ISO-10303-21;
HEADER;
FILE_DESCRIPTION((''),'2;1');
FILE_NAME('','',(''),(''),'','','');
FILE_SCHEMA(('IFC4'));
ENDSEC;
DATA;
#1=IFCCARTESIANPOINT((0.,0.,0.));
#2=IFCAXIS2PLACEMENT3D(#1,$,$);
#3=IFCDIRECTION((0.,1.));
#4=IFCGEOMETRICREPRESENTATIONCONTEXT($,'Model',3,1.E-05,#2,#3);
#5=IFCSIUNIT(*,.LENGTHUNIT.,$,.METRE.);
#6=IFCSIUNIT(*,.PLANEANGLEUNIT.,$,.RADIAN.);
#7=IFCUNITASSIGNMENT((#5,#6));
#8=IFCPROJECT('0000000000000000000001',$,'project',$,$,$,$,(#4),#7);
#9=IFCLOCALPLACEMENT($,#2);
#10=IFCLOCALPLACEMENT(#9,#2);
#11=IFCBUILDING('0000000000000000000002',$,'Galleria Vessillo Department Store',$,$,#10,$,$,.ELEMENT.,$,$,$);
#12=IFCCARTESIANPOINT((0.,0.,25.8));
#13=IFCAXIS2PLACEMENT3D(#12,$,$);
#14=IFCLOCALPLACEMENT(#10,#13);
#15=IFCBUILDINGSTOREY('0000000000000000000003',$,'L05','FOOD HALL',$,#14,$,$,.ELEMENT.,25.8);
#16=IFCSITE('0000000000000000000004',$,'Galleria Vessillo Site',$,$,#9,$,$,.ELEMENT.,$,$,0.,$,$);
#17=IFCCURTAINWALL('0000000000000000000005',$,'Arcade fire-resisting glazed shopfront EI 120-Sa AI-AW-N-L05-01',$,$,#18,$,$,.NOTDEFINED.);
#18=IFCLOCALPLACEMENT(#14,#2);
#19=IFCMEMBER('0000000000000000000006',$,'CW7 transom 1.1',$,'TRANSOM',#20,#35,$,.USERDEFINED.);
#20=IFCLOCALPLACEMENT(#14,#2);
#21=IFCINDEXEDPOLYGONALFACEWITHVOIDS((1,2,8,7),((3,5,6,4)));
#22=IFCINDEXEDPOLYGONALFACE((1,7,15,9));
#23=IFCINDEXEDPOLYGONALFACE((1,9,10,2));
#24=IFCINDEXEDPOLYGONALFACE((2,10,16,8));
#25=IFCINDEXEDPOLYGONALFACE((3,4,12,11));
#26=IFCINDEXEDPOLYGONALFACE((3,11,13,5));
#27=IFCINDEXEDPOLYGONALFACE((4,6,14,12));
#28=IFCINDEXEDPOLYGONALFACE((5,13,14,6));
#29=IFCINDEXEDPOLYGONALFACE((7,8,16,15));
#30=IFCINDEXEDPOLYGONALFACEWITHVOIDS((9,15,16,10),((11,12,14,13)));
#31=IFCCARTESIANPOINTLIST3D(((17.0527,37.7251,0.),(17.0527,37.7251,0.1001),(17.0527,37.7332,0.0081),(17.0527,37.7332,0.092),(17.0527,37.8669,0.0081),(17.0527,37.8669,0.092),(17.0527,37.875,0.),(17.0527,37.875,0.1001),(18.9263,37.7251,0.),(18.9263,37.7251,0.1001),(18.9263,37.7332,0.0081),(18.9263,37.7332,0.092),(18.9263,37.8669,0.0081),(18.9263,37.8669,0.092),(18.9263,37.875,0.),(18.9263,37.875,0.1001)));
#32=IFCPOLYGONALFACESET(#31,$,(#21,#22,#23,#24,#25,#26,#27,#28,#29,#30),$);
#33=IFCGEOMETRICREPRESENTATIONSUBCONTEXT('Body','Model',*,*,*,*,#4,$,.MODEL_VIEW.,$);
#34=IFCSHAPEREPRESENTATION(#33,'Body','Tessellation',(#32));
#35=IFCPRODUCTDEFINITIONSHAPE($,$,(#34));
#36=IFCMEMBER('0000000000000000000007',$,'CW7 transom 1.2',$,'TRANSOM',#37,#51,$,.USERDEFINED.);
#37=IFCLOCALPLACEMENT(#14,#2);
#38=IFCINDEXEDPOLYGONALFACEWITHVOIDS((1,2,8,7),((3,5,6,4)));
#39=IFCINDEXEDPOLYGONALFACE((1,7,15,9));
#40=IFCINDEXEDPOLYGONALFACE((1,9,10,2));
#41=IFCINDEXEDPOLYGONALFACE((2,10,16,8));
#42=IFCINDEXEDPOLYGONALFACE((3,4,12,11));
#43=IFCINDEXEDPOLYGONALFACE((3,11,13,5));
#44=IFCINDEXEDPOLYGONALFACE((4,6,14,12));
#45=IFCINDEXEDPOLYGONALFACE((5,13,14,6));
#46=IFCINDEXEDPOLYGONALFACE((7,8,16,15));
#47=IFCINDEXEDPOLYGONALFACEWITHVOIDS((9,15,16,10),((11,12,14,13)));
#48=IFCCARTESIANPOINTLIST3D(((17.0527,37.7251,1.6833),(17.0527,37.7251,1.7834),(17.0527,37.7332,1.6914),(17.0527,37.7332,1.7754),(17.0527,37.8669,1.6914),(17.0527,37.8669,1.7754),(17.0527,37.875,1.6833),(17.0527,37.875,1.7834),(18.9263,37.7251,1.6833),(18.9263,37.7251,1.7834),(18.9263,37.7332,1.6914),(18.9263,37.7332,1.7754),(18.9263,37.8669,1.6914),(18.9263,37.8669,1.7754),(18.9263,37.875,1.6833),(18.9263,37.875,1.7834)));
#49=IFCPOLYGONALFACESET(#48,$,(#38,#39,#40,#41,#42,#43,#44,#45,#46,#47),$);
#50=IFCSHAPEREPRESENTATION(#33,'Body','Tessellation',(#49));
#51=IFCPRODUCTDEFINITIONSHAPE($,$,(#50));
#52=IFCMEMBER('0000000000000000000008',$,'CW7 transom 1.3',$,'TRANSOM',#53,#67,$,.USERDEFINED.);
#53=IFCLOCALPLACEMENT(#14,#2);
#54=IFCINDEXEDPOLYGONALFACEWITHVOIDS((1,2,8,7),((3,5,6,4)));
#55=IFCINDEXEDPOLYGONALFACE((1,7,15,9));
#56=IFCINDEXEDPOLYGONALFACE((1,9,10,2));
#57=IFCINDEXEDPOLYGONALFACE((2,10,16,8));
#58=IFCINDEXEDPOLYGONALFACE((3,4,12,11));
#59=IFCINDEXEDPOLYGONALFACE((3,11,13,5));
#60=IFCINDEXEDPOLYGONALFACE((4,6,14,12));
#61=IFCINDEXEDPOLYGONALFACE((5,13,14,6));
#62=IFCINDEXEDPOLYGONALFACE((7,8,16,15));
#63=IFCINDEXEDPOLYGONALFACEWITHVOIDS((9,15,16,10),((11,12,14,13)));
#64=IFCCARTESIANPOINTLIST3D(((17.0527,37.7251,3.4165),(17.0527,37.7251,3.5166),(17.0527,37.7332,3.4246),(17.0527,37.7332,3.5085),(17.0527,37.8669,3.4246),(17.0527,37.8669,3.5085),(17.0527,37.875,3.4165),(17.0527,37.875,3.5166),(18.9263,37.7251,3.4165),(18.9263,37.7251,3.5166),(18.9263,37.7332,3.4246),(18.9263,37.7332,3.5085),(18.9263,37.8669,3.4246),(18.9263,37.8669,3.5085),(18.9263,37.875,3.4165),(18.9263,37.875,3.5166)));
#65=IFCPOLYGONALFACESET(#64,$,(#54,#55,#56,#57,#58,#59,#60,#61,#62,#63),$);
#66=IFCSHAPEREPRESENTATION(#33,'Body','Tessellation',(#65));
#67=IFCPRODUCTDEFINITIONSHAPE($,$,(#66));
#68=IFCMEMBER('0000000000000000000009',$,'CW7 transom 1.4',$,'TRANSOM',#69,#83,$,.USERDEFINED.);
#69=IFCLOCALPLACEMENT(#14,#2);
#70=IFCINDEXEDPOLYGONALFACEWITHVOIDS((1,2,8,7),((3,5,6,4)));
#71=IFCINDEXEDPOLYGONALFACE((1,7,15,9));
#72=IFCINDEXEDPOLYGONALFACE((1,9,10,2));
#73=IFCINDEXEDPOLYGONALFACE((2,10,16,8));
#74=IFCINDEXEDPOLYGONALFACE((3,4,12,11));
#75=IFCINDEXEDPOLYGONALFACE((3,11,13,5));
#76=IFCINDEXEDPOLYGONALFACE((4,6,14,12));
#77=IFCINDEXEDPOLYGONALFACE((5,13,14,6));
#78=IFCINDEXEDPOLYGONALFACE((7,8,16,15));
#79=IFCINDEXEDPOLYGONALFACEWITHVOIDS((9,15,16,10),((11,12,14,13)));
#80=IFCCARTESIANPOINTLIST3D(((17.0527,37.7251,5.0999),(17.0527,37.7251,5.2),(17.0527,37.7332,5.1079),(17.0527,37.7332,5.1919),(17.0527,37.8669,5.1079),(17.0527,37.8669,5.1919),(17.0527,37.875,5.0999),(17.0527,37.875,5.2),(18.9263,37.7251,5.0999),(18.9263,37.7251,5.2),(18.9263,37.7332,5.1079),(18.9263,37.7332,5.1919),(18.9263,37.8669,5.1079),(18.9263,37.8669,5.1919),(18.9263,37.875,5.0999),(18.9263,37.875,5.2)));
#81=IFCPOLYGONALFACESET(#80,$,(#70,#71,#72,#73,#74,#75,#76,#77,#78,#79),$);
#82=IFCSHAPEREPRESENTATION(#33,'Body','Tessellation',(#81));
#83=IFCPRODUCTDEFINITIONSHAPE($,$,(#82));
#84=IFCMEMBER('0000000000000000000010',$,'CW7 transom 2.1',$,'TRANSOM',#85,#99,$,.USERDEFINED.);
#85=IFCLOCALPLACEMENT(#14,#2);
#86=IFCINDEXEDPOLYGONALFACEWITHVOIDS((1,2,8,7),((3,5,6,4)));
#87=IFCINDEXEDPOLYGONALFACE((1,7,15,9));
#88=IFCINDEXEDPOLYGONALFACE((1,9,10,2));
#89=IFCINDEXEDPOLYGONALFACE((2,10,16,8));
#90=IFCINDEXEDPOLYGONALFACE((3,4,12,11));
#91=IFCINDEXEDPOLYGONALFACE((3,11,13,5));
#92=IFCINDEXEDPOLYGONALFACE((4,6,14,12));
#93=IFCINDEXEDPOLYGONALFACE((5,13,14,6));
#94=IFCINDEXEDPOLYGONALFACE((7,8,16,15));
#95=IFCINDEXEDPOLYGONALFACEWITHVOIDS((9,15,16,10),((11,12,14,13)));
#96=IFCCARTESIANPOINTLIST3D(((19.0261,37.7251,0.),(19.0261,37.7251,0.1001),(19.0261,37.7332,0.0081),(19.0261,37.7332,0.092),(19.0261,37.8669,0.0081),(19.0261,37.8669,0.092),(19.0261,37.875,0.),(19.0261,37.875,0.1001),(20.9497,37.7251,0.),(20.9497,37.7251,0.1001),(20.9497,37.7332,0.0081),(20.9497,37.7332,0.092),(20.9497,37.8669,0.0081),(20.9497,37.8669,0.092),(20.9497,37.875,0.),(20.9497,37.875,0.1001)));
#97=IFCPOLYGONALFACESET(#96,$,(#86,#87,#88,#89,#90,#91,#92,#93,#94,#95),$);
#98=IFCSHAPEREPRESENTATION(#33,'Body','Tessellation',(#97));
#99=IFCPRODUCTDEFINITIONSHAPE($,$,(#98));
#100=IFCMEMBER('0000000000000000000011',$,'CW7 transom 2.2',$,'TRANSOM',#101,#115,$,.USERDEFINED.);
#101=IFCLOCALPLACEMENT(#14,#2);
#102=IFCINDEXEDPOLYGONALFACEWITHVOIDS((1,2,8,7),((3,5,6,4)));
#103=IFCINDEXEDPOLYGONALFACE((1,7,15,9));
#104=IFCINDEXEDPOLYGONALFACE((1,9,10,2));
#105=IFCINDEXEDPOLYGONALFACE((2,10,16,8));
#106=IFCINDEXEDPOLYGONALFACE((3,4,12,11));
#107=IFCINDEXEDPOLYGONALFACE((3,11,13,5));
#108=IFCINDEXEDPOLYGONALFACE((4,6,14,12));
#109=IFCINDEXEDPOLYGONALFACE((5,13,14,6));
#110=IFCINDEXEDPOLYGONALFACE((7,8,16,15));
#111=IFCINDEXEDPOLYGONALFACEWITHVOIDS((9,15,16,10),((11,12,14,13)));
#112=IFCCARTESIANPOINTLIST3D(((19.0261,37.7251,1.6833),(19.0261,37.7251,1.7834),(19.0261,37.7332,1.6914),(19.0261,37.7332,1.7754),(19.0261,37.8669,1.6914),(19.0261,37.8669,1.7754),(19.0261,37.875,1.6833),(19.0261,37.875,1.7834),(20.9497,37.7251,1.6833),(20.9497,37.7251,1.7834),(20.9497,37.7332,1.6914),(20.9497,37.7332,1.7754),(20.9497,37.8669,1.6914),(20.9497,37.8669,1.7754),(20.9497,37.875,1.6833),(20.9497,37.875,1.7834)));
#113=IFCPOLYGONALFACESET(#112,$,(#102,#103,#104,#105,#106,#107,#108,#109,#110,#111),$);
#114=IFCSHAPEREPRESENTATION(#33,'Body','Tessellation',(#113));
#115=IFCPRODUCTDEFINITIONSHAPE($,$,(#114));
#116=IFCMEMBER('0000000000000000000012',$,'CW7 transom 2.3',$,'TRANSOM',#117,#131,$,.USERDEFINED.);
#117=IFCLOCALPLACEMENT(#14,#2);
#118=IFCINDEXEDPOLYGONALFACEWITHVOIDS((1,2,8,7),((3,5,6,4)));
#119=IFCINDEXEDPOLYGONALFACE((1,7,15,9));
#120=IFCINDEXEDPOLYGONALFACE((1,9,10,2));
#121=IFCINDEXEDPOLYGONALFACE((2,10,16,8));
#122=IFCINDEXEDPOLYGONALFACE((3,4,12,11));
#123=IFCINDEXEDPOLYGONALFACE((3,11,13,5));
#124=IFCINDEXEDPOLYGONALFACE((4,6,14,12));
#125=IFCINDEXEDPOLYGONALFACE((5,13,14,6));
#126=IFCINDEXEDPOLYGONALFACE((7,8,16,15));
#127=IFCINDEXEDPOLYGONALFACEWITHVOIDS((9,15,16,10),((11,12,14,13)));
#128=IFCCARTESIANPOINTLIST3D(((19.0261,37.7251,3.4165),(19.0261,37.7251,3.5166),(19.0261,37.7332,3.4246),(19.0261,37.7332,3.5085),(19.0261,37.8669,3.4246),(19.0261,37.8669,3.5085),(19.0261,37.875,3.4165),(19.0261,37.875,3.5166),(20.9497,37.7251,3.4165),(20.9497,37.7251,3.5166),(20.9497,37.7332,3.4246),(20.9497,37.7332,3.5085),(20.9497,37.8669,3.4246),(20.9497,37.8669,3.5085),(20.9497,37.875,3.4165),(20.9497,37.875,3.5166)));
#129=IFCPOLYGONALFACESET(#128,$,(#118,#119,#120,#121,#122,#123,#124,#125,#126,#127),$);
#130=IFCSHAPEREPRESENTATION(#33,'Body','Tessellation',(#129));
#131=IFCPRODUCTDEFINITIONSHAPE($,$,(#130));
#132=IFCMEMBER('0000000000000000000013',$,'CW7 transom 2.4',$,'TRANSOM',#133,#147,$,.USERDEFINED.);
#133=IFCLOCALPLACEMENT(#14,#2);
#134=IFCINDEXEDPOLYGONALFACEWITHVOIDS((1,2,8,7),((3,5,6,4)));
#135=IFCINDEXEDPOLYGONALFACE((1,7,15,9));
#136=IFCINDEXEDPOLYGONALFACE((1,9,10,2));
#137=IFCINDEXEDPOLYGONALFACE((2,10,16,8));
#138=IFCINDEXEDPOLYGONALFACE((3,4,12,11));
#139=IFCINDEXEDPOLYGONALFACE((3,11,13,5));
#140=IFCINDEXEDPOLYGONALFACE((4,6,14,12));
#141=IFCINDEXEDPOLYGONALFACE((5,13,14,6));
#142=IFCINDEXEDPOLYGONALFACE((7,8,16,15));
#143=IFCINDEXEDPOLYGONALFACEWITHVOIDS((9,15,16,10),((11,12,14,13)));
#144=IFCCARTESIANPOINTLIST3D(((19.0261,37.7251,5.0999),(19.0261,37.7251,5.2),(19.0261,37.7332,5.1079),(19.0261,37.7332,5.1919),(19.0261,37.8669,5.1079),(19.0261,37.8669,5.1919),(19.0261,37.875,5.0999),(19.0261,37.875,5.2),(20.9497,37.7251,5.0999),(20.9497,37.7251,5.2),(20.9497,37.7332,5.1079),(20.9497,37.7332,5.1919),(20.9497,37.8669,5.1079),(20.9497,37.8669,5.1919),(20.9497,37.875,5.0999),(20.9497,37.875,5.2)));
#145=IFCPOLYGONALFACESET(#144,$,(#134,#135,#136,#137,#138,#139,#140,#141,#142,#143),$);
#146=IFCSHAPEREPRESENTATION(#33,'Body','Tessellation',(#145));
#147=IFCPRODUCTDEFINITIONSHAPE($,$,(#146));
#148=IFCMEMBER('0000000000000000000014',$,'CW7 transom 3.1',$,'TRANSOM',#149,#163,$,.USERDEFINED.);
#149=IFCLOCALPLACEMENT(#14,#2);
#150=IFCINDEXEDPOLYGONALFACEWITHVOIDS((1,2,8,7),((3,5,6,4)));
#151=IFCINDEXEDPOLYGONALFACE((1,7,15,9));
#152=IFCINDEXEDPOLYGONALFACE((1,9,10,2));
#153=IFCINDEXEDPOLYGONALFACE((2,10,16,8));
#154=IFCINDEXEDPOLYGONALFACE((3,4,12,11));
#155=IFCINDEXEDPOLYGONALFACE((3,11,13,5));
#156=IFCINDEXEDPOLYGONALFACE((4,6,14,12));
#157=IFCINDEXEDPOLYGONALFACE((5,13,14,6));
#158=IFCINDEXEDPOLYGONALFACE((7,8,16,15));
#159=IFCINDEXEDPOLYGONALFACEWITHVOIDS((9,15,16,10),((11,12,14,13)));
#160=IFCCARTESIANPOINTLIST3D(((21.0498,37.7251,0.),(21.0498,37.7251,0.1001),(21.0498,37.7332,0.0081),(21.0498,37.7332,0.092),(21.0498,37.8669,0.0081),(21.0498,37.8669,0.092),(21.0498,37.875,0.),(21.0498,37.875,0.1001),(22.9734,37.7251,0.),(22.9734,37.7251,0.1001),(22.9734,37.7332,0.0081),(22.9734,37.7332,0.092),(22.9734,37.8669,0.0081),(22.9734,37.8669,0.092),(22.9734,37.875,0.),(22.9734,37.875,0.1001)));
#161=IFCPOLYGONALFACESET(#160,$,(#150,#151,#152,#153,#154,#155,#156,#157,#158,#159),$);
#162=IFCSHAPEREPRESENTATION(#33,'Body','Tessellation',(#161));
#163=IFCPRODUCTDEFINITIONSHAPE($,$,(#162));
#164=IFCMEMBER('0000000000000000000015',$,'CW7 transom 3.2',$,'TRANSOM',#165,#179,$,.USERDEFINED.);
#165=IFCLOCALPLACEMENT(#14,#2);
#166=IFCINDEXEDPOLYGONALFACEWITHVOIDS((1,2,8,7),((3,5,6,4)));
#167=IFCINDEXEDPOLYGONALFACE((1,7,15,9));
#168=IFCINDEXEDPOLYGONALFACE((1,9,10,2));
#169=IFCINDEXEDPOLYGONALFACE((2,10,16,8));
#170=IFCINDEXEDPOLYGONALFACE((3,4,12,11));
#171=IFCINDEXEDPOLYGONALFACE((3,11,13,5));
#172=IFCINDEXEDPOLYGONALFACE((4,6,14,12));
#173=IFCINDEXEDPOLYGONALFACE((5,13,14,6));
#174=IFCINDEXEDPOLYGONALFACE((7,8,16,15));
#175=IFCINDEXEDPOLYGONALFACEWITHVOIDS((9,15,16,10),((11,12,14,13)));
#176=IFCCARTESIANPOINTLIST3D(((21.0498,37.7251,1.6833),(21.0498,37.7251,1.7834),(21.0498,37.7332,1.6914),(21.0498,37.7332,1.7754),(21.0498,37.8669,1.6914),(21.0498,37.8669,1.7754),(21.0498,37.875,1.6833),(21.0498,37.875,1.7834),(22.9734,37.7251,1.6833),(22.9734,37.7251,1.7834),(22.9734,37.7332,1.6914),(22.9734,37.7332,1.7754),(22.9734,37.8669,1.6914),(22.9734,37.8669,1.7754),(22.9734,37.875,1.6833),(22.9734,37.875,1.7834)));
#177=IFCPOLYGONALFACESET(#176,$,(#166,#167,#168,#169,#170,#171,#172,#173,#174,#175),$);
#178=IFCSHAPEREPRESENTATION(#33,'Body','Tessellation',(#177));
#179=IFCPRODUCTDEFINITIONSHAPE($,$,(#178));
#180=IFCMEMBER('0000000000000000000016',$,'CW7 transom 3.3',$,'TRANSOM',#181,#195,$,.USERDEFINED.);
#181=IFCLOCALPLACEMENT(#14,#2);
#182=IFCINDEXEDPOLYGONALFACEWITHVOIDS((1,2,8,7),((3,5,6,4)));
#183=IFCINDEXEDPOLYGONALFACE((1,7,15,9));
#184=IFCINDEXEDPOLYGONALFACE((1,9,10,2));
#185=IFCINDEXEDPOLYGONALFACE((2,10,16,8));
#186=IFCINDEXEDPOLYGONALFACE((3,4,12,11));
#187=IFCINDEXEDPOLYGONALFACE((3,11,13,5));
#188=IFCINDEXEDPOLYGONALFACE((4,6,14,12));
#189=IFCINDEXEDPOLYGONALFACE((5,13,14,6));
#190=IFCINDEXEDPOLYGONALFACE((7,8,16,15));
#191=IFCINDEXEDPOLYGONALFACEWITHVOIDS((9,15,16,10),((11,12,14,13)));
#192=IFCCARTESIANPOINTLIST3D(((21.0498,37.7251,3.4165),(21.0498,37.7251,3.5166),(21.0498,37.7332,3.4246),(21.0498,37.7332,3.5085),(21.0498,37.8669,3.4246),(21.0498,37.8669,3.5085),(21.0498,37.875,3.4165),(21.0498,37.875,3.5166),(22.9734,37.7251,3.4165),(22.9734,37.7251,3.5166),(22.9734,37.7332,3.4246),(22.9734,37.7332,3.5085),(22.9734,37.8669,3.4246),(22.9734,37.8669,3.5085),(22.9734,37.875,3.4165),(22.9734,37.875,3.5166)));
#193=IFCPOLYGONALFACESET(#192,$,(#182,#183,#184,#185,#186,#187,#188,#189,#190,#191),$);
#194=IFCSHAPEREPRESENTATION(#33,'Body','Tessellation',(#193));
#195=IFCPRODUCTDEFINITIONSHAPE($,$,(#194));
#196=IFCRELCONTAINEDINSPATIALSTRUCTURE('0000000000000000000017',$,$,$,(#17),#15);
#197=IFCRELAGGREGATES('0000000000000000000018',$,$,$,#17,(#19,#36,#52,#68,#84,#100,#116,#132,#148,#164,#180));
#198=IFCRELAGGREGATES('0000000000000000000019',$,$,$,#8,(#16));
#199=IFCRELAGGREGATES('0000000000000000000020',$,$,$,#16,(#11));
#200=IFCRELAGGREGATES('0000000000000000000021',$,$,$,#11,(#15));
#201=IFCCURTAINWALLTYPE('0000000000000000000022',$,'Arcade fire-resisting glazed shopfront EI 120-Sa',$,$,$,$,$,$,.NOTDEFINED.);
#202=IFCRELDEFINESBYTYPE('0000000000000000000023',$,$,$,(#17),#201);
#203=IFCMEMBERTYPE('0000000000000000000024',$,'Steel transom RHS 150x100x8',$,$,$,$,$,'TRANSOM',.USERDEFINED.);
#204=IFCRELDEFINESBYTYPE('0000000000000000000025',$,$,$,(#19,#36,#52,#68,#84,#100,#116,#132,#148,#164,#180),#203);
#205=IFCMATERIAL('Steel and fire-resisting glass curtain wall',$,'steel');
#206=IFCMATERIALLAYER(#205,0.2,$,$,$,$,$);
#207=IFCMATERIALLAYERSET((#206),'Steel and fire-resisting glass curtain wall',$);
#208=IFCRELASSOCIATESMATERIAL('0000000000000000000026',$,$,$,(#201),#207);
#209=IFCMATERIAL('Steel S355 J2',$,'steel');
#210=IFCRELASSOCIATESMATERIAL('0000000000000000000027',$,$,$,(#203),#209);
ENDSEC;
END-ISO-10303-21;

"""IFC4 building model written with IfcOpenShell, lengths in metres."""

from ifc_helpers import new_model, si_unit, direction, frame, origin, origin_2d, place, context, subcontext, project, spatial, hollow_rectangle, extrude, material, layer, layer_set, material_profile, profile_set, type_object, element, aggregate, save


model = new_model("IFC4")

# Units and contexts
model_context = context("Model", 3, precision=1e-05, world=origin(), true_north=direction((0.0, 1.0)))
body_context = subcontext(model_context, "Body", "Model", "MODEL_VIEW")
ifc_project = project(units=[si_unit("LENGTHUNIT", "METRE"), si_unit("PLANEANGLEUNIT", "RADIAN")], contexts=[model_context])

# Site, building, storey
site_placement = place(None, origin())
site = spatial("IfcSite", under=ifc_project, at=site_placement, Name="Galleria Vessillo Site", CompositionType="ELEMENT", RefElevation=0.0)
building_placement = place(site_placement, origin())
building = spatial("IfcBuilding", under=site, at=building_placement, Name="Galleria Vessillo Department Store", CompositionType="ELEMENT")
storey_placement = place(building_placement, frame((0.0, 0.0, 25.8)))
storey = spatial("IfcBuildingStorey", under=building, at=storey_placement, Name="L05", Description="FOOD HALL", CompositionType="ELEMENT", Elevation=25.8)

# Curtain wall, members
ifc_material_1 = material(Name="Steel and fire-resisting glass curtain wall", Category="steel")
ifc_layer_1 = layer(ifc_material_1, 0.2)
ifc_layer_set_1 = layer_set([ifc_layer_1], Name="Steel and fire-resisting glass curtain wall")
curtain_wall_type = type_object("IfcCurtainWallType", Name="Arcade fire-resisting glazed shopfront EI 120-Sa", PredefinedType="NOTDEFINED", material=ifc_layer_set_1)
curtain_wall_placement = place(storey_placement, origin())
curtain_wall = element("IfcCurtainWall", 1, at=curtain_wall_placement, inside=storey, type_object=curtain_wall_type, Name="Arcade fire-resisting glazed shopfront EI 120-Sa AI-AW-N-L05-01", PredefinedType="NOTDEFINED")
ifc_material_2 = material(Name="Steel S355 J2", Category="steel")
ifc_material_profile_1 = material_profile(ifc_material_2, hollow_rectangle(XDim=0.1499, YDim=0.1001, WallThickness=0.0081, at=origin_2d()), Name="RHS 150x100x8")
ifc_profile_set_1 = profile_set([ifc_material_profile_1], Name="Steel S355 J2")
member_type_1 = type_object("IfcMemberType", Name="Steel transom RHS 150x100x8", ElementType="TRANSOM", PredefinedType="USERDEFINED", material=ifc_profile_set_1)
member_1_placement = place(storey_placement, frame((17.0527, 37.8, 0.05), z_axis=(1.0, 0.0, 0.0), x_axis=(0.0, 1.0, 0.0)))
member_1 = element("IfcMember", 2, at=member_1_placement, type_object=member_type_1, Name="CW7 transom 1.1", ObjectType="TRANSOM", PredefinedType="USERDEFINED", context=body_context, shape_type="SweptSolid", body=[
    extrude(hollow_rectangle(XDim=0.1499, YDim=0.1001, WallThickness=0.0081, at=origin_2d()), origin(), (0.0, 0.0, 1.0), 1.8735),
])
member_2_placement = place(storey_placement, frame((17.0527, 37.8, 1.7334), z_axis=(1.0, 0.0, 0.0), x_axis=(0.0, 1.0, 0.0)))
member_2 = element("IfcMember", 3, at=member_2_placement, type_object=member_type_1, Name="CW7 transom 1.2", ObjectType="TRANSOM", PredefinedType="USERDEFINED", context=body_context, shape_type="SweptSolid", body=[
    extrude(hollow_rectangle(XDim=0.1499, YDim=0.1001, WallThickness=0.0081, at=origin_2d()), origin(), (0.0, 0.0, 1.0), 1.8735),
])
member_3_placement = place(storey_placement, frame((17.0527, 37.8, 3.4666), z_axis=(1.0, 0.0, 0.0), x_axis=(0.0, 1.0, 0.0)))
member_3 = element("IfcMember", 4, at=member_3_placement, type_object=member_type_1, Name="CW7 transom 1.3", ObjectType="TRANSOM", PredefinedType="USERDEFINED", context=body_context, shape_type="SweptSolid", body=[
    extrude(hollow_rectangle(XDim=0.1499, YDim=0.1001, WallThickness=0.0081, at=origin_2d()), origin(), (0.0, 0.0, 1.0), 1.8735),
])
member_4_placement = place(storey_placement, frame((17.0527, 37.8, 5.1499), z_axis=(1.0, 0.0, 0.0), x_axis=(0.0, 1.0, 0.0)))
member_4 = element("IfcMember", 5, at=member_4_placement, type_object=member_type_1, Name="CW7 transom 1.4", ObjectType="TRANSOM", PredefinedType="USERDEFINED", context=body_context, shape_type="SweptSolid", body=[
    extrude(hollow_rectangle(XDim=0.1499, YDim=0.1001, WallThickness=0.0081, at=origin_2d()), origin(), (0.0, 0.0, 1.0), 1.8735),
])
member_5_placement = place(storey_placement, frame((19.0261, 37.8, 0.05), z_axis=(1.0, 0.0, 0.0), x_axis=(0.0, 1.0, 0.0)))
member_5 = element("IfcMember", 6, at=member_5_placement, type_object=member_type_1, Name="CW7 transom 2.1", ObjectType="TRANSOM", PredefinedType="USERDEFINED", context=body_context, shape_type="SweptSolid", body=[
    extrude(hollow_rectangle(XDim=0.1499, YDim=0.1001, WallThickness=0.0081, at=origin_2d()), origin(), (0.0, 0.0, 1.0), 1.9236),
])
member_6_placement = place(storey_placement, frame((19.0261, 37.8, 1.7334), z_axis=(1.0, 0.0, 0.0), x_axis=(0.0, 1.0, 0.0)))
member_6 = element("IfcMember", 7, at=member_6_placement, type_object=member_type_1, Name="CW7 transom 2.2", ObjectType="TRANSOM", PredefinedType="USERDEFINED", context=body_context, shape_type="SweptSolid", body=[
    extrude(hollow_rectangle(XDim=0.1499, YDim=0.1001, WallThickness=0.0081, at=origin_2d()), origin(), (0.0, 0.0, 1.0), 1.9236),
])
member_7_placement = place(storey_placement, frame((19.0261, 37.8, 3.4666), z_axis=(1.0, 0.0, 0.0), x_axis=(0.0, 1.0, 0.0)))
member_7 = element("IfcMember", 8, at=member_7_placement, type_object=member_type_1, Name="CW7 transom 2.3", ObjectType="TRANSOM", PredefinedType="USERDEFINED", context=body_context, shape_type="SweptSolid", body=[
    extrude(hollow_rectangle(XDim=0.1499, YDim=0.1001, WallThickness=0.0081, at=origin_2d()), origin(), (0.0, 0.0, 1.0), 1.9236),
])
member_8_placement = place(storey_placement, frame((19.0261, 37.8, 5.1499), z_axis=(1.0, 0.0, 0.0), x_axis=(0.0, 1.0, 0.0)))
member_8 = element("IfcMember", 9, at=member_8_placement, type_object=member_type_1, Name="CW7 transom 2.4", ObjectType="TRANSOM", PredefinedType="USERDEFINED", context=body_context, shape_type="SweptSolid", body=[
    extrude(hollow_rectangle(XDim=0.1499, YDim=0.1001, WallThickness=0.0081, at=origin_2d()), origin(), (0.0, 0.0, 1.0), 1.9236),
])
member_9_placement = place(storey_placement, frame((21.0498, 37.8, 0.05), z_axis=(1.0, 0.0, 0.0), x_axis=(0.0, 1.0, 0.0)))
member_9 = element("IfcMember", 10, at=member_9_placement, type_object=member_type_1, Name="CW7 transom 3.1", ObjectType="TRANSOM", PredefinedType="USERDEFINED", context=body_context, shape_type="SweptSolid", body=[
    extrude(hollow_rectangle(XDim=0.1499, YDim=0.1001, WallThickness=0.0081, at=origin_2d()), origin(), (0.0, 0.0, 1.0), 1.9236),
])
member_10_placement = place(storey_placement, frame((21.0498, 37.8, 1.7334), z_axis=(1.0, 0.0, 0.0), x_axis=(0.0, 1.0, 0.0)))
member_10 = element("IfcMember", 11, at=member_10_placement, type_object=member_type_1, Name="CW7 transom 3.2", ObjectType="TRANSOM", PredefinedType="USERDEFINED", context=body_context, shape_type="SweptSolid", body=[
    extrude(hollow_rectangle(XDim=0.1499, YDim=0.1001, WallThickness=0.0081, at=origin_2d()), origin(), (0.0, 0.0, 1.0), 1.9236),
])
member_11_placement = place(storey_placement, frame((21.0498, 37.8, 3.4666), z_axis=(1.0, 0.0, 0.0), x_axis=(0.0, 1.0, 0.0)))
member_11 = element("IfcMember", 12, at=member_11_placement, type_object=member_type_1, Name="CW7 transom 3.3", ObjectType="TRANSOM", PredefinedType="USERDEFINED", context=body_context, shape_type="SweptSolid", body=[
    extrude(hollow_rectangle(XDim=0.1499, YDim=0.1001, WallThickness=0.0081, at=origin_2d()), origin(), (0.0, 0.0, 1.0), 1.9236),
])
aggregate(curtain_wall, [member_1, member_2, member_3, member_4, member_5, member_6, member_7, member_8, member_9, member_10, member_11])

save(model, "model.ifc")
